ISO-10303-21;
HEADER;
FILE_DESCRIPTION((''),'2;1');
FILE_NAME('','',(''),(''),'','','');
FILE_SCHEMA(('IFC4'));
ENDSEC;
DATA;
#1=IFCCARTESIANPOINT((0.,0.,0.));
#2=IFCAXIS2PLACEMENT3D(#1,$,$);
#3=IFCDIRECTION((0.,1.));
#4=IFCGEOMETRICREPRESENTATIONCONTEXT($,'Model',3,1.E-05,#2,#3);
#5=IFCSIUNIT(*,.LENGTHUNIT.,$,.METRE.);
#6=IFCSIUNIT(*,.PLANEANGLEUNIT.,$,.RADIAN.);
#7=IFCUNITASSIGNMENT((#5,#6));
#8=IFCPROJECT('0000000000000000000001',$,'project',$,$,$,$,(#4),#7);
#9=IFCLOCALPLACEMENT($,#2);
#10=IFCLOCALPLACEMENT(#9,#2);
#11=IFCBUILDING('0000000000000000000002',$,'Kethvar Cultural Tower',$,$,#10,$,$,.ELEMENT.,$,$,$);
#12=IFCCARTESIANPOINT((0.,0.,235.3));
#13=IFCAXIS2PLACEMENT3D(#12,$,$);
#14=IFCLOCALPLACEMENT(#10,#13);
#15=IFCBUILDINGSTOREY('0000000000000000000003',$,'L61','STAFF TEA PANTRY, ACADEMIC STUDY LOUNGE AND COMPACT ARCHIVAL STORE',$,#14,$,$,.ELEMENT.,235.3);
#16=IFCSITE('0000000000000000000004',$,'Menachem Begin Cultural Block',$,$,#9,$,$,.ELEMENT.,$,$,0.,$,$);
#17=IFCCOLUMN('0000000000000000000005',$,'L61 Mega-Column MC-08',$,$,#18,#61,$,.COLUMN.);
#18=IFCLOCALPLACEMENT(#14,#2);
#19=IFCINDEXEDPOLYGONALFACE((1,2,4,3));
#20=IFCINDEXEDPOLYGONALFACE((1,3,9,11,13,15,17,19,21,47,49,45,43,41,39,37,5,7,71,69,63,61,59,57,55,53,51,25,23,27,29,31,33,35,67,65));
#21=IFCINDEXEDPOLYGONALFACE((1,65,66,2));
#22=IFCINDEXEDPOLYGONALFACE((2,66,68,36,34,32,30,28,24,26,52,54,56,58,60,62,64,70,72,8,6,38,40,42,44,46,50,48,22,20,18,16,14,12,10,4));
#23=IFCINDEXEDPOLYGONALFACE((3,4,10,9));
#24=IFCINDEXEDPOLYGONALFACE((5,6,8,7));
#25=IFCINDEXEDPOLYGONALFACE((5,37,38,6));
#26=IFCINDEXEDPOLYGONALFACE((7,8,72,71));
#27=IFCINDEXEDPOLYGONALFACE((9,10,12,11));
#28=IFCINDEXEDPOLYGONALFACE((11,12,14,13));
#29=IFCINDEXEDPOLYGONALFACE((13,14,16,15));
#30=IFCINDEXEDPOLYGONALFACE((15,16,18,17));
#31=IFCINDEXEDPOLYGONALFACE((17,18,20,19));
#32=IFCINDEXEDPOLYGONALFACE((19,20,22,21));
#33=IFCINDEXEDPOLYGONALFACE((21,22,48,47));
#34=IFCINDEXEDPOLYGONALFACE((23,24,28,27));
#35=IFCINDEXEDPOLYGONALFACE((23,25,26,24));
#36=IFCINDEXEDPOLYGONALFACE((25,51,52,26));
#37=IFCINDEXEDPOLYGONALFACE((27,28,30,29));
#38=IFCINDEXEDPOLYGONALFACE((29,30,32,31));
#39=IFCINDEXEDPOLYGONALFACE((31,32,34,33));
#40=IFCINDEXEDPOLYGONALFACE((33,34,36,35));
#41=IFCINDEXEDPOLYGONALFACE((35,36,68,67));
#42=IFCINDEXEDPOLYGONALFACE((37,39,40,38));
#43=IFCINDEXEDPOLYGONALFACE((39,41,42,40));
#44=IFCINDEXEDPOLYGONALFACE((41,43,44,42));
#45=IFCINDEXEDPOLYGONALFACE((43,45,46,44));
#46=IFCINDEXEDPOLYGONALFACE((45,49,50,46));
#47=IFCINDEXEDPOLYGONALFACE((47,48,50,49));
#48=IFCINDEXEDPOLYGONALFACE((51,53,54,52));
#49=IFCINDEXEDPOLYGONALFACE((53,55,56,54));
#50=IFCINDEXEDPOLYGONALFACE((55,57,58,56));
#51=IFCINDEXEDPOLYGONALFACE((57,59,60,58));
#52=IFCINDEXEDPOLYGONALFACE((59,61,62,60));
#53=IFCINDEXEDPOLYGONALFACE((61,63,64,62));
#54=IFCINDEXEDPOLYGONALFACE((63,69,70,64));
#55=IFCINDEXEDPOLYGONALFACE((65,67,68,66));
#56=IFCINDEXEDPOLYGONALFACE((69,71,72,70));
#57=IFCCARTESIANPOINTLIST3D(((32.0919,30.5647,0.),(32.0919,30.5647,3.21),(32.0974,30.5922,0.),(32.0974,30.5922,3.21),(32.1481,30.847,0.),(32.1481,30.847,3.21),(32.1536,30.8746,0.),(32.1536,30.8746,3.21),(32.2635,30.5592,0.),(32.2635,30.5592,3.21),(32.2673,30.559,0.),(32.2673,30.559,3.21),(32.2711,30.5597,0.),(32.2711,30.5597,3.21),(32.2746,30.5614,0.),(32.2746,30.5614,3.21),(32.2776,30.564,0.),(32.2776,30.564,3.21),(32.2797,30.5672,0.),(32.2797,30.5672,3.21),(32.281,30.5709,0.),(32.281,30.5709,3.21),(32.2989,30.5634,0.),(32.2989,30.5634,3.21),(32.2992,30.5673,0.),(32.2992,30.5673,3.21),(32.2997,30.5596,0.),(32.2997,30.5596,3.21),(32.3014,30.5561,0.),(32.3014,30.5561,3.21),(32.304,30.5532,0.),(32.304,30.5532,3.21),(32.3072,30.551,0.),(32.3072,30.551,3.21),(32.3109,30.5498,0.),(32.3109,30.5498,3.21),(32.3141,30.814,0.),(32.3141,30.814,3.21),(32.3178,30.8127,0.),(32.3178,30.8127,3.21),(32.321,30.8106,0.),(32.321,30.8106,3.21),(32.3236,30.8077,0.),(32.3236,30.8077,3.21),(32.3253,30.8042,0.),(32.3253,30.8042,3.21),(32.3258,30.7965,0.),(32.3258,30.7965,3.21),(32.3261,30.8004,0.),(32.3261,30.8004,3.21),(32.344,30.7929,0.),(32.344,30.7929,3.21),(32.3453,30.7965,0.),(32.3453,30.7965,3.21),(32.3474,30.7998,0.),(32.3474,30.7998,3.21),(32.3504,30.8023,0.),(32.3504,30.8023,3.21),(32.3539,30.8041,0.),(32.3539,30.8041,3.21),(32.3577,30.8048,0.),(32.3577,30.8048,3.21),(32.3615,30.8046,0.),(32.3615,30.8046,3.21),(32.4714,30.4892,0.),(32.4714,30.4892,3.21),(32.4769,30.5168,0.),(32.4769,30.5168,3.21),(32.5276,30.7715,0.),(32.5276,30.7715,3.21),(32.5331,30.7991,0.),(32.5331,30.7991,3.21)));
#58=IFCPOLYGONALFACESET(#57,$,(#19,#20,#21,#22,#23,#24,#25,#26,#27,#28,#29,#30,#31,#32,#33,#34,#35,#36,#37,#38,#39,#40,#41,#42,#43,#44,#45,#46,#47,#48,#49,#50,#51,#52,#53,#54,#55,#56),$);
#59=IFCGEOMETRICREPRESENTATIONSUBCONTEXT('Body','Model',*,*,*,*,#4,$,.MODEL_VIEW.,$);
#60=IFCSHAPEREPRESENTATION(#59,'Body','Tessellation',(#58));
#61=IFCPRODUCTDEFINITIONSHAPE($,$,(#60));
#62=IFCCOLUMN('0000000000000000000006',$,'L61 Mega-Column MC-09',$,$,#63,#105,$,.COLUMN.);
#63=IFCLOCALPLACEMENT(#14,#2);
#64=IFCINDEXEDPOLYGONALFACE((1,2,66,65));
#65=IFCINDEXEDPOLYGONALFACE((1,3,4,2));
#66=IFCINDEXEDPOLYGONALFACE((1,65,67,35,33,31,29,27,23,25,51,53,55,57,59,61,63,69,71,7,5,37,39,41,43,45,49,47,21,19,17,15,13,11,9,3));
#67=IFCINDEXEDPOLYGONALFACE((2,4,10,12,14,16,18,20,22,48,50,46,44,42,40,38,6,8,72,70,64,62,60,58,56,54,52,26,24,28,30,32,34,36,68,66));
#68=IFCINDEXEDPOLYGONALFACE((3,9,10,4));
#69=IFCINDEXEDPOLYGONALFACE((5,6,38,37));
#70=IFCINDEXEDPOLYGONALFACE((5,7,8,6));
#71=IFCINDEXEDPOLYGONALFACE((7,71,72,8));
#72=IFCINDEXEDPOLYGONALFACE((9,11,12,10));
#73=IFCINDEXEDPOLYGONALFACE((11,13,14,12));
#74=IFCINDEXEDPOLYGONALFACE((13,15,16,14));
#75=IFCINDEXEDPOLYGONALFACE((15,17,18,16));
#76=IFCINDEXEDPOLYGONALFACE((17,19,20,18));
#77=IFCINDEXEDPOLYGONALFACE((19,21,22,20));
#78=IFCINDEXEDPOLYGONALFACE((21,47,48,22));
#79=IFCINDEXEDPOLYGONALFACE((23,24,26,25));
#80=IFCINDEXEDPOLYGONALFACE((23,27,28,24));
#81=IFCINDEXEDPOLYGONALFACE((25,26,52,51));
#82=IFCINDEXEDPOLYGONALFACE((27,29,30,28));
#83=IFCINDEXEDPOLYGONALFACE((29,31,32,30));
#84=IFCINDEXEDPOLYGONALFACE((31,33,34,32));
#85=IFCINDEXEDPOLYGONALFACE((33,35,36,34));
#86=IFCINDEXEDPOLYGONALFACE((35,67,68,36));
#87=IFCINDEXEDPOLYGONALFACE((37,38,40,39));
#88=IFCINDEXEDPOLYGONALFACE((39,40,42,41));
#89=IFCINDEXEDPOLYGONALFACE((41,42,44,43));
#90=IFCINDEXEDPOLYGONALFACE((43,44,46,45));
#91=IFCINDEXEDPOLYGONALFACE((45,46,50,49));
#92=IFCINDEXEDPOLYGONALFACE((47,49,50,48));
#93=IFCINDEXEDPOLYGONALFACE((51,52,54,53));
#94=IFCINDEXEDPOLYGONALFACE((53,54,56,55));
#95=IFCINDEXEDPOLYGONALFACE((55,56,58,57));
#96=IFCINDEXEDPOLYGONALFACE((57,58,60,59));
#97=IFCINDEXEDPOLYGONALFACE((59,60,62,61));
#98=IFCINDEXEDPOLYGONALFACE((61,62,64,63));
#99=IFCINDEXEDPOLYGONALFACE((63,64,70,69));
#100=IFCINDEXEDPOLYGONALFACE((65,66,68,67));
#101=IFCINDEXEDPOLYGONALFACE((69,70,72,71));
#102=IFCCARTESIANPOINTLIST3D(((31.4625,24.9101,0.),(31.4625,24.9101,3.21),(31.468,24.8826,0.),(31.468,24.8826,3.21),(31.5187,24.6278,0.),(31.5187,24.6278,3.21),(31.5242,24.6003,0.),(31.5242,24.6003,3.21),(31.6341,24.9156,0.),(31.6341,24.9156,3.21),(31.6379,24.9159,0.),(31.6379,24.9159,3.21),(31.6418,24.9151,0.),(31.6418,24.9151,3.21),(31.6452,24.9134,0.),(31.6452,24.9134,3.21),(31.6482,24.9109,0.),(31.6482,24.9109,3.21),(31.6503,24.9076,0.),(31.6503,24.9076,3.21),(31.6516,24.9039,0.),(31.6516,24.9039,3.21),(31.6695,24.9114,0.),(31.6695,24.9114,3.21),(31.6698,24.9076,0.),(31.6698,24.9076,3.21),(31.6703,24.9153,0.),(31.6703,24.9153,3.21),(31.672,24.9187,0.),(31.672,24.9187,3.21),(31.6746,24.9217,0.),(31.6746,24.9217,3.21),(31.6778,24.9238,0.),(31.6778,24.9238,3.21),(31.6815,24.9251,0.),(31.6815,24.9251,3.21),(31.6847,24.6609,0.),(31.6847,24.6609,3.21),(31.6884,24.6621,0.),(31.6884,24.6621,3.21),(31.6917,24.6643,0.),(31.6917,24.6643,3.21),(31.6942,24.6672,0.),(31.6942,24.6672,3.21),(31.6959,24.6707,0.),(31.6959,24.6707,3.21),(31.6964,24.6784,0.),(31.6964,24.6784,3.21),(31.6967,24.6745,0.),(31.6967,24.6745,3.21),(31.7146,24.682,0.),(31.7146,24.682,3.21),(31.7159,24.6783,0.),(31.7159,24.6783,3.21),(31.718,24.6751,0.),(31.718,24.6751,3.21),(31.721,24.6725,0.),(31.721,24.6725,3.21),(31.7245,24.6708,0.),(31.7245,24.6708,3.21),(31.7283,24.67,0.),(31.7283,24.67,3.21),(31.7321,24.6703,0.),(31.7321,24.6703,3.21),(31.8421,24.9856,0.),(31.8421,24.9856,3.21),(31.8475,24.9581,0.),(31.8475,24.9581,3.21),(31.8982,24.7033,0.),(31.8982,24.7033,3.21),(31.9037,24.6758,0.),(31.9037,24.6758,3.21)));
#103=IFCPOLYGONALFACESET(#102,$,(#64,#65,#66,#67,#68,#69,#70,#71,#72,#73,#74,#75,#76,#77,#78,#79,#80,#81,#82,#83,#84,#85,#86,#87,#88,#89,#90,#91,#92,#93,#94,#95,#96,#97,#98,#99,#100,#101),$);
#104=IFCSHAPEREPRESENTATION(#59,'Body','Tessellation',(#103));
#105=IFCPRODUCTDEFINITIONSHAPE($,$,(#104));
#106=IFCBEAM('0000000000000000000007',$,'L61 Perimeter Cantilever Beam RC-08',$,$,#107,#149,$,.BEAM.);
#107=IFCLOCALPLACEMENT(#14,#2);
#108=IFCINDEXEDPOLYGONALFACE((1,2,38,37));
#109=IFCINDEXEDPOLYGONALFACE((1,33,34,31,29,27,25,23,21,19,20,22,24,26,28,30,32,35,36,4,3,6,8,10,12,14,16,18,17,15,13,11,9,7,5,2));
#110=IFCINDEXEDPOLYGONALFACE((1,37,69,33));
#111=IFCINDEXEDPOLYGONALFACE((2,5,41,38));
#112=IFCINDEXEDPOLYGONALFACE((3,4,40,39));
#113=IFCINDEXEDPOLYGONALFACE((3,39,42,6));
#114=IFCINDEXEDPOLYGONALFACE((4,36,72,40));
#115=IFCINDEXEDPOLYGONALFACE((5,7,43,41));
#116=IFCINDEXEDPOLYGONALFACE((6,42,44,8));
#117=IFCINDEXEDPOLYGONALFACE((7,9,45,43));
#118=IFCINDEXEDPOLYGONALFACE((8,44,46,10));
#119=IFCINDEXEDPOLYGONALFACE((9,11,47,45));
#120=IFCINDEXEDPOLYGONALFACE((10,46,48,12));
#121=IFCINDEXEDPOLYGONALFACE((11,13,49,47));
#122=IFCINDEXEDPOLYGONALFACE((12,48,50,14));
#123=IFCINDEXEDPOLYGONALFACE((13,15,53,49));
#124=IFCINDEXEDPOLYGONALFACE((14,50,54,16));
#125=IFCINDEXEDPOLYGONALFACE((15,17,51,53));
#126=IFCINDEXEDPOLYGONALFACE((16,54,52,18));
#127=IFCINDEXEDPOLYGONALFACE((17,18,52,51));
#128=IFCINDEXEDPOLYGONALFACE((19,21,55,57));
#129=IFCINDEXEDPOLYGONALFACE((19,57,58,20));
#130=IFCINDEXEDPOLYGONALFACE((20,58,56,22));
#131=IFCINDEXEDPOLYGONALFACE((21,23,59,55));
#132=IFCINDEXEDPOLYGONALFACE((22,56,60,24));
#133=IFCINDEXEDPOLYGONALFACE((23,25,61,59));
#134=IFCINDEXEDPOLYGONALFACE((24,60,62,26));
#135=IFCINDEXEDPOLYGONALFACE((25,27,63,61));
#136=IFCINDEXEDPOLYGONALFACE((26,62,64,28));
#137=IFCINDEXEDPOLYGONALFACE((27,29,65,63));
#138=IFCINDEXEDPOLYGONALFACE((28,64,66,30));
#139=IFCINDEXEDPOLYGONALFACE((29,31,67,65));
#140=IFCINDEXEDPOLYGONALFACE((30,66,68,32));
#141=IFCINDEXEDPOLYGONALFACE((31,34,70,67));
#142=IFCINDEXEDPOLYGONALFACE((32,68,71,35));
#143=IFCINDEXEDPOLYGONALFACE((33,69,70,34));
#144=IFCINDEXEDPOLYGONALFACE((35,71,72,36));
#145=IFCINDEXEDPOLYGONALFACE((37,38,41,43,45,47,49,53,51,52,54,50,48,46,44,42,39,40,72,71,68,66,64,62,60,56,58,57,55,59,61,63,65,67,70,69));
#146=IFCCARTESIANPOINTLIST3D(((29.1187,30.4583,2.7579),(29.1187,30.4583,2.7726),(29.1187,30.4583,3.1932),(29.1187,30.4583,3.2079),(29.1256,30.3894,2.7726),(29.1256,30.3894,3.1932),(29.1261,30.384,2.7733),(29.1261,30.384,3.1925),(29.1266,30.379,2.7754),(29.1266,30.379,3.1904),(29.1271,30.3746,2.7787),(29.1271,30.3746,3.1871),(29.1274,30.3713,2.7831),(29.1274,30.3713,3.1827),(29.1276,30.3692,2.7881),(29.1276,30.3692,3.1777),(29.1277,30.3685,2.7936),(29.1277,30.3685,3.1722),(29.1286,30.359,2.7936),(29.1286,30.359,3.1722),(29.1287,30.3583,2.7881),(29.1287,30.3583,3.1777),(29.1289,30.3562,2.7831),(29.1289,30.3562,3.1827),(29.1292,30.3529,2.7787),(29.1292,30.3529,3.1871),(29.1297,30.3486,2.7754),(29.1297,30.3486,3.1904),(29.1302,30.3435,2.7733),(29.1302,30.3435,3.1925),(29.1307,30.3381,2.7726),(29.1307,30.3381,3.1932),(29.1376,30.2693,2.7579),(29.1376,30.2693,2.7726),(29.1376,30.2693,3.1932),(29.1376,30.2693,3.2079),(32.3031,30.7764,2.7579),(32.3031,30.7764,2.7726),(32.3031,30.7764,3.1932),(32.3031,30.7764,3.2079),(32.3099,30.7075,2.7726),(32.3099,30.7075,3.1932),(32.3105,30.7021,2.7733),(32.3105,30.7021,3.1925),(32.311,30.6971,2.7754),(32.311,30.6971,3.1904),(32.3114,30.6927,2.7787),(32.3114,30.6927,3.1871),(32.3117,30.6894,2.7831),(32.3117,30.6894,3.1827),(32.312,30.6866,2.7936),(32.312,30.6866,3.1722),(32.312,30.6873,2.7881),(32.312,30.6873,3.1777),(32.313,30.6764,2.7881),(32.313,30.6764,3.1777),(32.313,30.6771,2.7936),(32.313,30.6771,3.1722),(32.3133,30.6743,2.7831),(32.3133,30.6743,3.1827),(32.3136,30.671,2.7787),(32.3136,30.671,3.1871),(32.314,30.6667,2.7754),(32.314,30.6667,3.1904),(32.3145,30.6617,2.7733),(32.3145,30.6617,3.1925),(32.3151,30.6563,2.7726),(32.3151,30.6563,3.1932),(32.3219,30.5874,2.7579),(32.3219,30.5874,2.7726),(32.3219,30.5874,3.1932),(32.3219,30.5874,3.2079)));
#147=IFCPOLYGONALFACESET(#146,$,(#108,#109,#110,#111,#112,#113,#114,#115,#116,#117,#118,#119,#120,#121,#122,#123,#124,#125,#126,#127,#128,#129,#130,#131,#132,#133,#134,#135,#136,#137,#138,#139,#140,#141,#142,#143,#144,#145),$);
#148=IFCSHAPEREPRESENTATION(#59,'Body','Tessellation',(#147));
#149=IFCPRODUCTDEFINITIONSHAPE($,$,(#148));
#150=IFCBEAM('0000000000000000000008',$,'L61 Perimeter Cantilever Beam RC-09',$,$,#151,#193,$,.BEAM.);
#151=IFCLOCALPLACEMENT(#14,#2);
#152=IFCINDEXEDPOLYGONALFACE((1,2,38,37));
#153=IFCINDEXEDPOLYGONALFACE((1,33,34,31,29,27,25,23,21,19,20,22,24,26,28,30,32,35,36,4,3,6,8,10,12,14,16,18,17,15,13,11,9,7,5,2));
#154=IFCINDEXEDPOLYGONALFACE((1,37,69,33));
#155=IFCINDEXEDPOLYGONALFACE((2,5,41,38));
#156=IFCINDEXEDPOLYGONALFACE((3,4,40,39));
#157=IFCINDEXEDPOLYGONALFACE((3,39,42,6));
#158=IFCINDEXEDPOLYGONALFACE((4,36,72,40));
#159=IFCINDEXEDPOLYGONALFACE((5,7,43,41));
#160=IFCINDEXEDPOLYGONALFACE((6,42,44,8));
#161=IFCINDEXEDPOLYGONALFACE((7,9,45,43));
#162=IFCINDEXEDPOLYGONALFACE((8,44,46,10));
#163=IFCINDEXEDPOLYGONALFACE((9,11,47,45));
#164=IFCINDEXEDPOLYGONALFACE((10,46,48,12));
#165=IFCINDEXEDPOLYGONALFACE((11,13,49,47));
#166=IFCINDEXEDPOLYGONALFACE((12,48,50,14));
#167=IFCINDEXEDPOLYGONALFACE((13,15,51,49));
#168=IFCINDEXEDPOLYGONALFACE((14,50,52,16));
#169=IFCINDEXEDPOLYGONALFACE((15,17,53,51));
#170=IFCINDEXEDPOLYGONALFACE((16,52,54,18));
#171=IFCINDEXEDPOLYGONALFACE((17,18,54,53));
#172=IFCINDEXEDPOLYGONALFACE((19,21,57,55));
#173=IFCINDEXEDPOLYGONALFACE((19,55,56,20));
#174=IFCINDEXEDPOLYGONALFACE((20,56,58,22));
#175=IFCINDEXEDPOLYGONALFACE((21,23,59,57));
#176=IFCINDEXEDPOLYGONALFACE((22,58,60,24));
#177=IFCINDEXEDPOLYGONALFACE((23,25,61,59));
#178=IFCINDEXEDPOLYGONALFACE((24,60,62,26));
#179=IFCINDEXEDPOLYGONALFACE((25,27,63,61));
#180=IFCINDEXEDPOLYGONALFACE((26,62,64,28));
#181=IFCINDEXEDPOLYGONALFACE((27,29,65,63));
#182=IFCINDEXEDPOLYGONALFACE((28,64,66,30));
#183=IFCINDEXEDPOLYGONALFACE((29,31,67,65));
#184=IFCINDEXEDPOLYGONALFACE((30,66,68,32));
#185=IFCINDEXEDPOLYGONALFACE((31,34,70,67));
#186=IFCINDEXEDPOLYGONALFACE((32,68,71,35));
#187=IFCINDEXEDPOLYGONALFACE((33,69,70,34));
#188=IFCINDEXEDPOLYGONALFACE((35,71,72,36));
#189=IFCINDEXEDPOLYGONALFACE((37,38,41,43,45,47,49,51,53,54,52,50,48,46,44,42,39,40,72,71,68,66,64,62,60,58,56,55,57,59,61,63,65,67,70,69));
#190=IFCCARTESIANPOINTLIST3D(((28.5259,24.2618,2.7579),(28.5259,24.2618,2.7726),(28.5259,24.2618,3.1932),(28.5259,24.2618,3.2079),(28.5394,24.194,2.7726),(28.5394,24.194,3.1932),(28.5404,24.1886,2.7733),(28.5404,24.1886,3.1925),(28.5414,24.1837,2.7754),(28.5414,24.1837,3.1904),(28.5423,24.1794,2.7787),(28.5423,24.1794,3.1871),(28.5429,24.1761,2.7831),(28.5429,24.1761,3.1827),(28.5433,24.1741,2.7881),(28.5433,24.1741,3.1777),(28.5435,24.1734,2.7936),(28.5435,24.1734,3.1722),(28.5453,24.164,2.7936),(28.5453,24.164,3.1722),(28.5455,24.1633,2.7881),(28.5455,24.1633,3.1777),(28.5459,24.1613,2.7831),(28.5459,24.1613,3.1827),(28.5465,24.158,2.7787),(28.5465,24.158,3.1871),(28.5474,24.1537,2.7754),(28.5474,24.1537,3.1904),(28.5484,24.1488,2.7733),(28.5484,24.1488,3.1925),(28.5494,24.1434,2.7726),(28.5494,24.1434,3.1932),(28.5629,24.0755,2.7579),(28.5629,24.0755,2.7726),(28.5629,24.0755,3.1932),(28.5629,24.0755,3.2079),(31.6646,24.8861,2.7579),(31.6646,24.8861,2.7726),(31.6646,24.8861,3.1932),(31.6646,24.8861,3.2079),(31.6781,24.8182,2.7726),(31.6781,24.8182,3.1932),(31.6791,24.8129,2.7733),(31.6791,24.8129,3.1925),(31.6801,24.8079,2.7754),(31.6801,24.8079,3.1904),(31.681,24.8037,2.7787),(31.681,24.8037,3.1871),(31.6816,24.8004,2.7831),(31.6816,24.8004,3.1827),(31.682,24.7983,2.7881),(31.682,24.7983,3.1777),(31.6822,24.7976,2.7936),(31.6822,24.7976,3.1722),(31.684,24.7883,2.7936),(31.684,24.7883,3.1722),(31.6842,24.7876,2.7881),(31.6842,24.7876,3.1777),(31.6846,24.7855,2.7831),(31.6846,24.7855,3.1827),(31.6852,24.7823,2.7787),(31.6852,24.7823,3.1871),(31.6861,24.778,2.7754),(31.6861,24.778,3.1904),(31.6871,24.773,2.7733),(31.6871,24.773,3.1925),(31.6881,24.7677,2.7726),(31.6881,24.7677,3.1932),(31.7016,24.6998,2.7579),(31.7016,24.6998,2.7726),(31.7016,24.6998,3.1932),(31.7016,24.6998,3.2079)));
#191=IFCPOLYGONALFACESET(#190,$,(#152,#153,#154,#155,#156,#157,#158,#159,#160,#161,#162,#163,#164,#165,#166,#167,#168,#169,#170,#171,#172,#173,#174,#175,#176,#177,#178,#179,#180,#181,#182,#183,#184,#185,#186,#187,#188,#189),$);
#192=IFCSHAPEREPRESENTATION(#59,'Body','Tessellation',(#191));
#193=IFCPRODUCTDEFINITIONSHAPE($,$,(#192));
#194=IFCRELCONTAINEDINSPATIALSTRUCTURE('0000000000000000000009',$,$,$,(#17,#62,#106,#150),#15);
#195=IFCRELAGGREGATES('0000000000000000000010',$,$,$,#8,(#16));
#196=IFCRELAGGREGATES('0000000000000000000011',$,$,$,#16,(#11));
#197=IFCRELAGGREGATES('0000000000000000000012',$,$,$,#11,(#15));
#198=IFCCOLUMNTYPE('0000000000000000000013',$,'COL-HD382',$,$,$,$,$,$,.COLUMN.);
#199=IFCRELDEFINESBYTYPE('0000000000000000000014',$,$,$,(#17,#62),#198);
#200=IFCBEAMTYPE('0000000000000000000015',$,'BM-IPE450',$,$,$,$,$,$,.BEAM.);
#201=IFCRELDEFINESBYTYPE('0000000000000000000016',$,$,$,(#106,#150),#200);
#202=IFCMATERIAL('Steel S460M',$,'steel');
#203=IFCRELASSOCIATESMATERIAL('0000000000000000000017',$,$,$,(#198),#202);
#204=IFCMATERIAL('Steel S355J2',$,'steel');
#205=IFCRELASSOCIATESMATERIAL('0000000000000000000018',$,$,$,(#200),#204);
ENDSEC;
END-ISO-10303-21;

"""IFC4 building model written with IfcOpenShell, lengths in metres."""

from ifc_helpers import new_model, si_unit, direction, frame, origin, origin_2d, place, context, subcontext, project, spatial, i_section, extrude, source, transform, mapped, material, material_profile, profile_set, type_object, element, save


model = new_model("IFC4")

# Units and contexts
model_context = context("Model", 3, precision=1e-05, world=origin(), true_north=direction((0.0, 1.0)))
body_context = subcontext(model_context, "Body", "Model", "MODEL_VIEW")
ifc_project = project(units=[si_unit("LENGTHUNIT", "METRE"), si_unit("PLANEANGLEUNIT", "RADIAN")], contexts=[model_context])

# Site, building, storey
site_placement = place(None, origin())
site = spatial("IfcSite", under=ifc_project, at=site_placement, Name="Menachem Begin Cultural Block", CompositionType="ELEMENT", RefElevation=0.0)
building_placement = place(site_placement, origin())
building = spatial("IfcBuilding", under=site, at=building_placement, Name="Kethvar Cultural Tower", CompositionType="ELEMENT")
storey_placement = place(building_placement, frame((0.0, 0.0, 235.3)))
storey = spatial("IfcBuildingStorey", under=building, at=storey_placement, Name="L61", Description="STAFF TEA PANTRY, ACADEMIC STUDY LOUNGE AND COMPACT ARCHIVAL STORE", CompositionType="ELEMENT", Elevation=235.3)

# Columns
ifc_material_1 = material(Name="Steel S460M", Category="steel")
ifc_material_profile_1 = material_profile(ifc_material_1, i_section(OverallWidth=0.387, OverallDepth=0.3159, WebThickness=0.0186, FlangeThickness=0.0281, FilletRadius=0.0149, at=origin_2d()), Name="Steel S460M — HD400x382")
ifc_profile_set_1 = profile_set([ifc_material_profile_1], Name="Steel S460M — HD400x382")
column_type = type_object("IfcColumnType", Name="COL-HD382", PredefinedType="COLUMN", material=ifc_profile_set_1)
shared_shape_1 = source(origin(), body_context, "Body", "SweptSolid", [
    extrude(i_section(OverallWidth=0.387, OverallDepth=0.3159, WebThickness=0.0186, FlangeThickness=0.0281, FilletRadius=0.0149, at=origin_2d()), origin(), (0.0, 0.0, 1.0), 3.21),
])
for number, where, z_axis, x_axis, name in (
    (1, (32.3125, 30.6819, 0.0), (0.0, 0.0, 1.0), (-0.980785, 0.19509, 0.0), "L61 Mega-Column MC-08"),
    (2, (31.6831, 24.793, 0.0), (0.0, 0.0, 1.0), (-0.980785, -0.19509, 0.0), "L61 Mega-Column MC-09"),
):
    element("IfcColumn", number, at=place(storey_placement, frame(where, z_axis=z_axis, x_axis=x_axis)), inside=storey, type_object=column_type, Name=name, PredefinedType="COLUMN", context=body_context, shape_type="MappedRepresentation", body=[
        mapped(shared_shape_1, transform((0.0, 0.0, 0.0), scale=1.0)),
    ])

# Beams
ifc_material_2 = material(Name="Steel S355J2", Category="steel")
ifc_material_profile_2 = material_profile(ifc_material_2, i_section(OverallWidth=0.1899, OverallDepth=0.45, WebThickness=0.0095, FlangeThickness=0.0146, FilletRadius=0.021, at=origin_2d()), Name="Steel S355J2 — IPE450")
ifc_profile_set_2 = profile_set([ifc_material_profile_2], Name="Steel S355J2 — IPE450")
beam_type_1 = type_object("IfcBeamType", Name="BM-IPE450", PredefinedType="BEAM", material=ifc_profile_set_2)
shared_shape_2 = source(origin(), body_context, "Body", "SweptSolid", [
    extrude(i_section(OverallWidth=0.1899, OverallDepth=0.45, WebThickness=0.0095, FlangeThickness=0.0146, FilletRadius=0.021, at=origin_2d()), origin(), (0.0, 0.0, 1.0), 3.2002),
])
for number, where, z_axis, x_axis, name in (
    (3, (32.3125, 30.6819, 2.9829), (-0.995047, -0.099406, 0.0), (0.099406, -0.995047, 0.0), "L61 Perimeter Cantilever Beam RC-08"),
    (4, (31.6831, 24.793, 2.9829), (-0.980788, -0.195074, 0.0), (0.195074, -0.980788, 0.0), "L61 Perimeter Cantilever Beam RC-09"),
):
    element("IfcBeam", number, at=place(storey_placement, frame(where, z_axis=z_axis, x_axis=x_axis)), inside=storey, type_object=beam_type_1, Name=name, PredefinedType="BEAM", context=body_context, shape_type="MappedRepresentation", body=[
        mapped(shared_shape_2, transform((0.0, 0.0, 0.0), scale=1.0)),
    ])

save(model, "model.ifc")
